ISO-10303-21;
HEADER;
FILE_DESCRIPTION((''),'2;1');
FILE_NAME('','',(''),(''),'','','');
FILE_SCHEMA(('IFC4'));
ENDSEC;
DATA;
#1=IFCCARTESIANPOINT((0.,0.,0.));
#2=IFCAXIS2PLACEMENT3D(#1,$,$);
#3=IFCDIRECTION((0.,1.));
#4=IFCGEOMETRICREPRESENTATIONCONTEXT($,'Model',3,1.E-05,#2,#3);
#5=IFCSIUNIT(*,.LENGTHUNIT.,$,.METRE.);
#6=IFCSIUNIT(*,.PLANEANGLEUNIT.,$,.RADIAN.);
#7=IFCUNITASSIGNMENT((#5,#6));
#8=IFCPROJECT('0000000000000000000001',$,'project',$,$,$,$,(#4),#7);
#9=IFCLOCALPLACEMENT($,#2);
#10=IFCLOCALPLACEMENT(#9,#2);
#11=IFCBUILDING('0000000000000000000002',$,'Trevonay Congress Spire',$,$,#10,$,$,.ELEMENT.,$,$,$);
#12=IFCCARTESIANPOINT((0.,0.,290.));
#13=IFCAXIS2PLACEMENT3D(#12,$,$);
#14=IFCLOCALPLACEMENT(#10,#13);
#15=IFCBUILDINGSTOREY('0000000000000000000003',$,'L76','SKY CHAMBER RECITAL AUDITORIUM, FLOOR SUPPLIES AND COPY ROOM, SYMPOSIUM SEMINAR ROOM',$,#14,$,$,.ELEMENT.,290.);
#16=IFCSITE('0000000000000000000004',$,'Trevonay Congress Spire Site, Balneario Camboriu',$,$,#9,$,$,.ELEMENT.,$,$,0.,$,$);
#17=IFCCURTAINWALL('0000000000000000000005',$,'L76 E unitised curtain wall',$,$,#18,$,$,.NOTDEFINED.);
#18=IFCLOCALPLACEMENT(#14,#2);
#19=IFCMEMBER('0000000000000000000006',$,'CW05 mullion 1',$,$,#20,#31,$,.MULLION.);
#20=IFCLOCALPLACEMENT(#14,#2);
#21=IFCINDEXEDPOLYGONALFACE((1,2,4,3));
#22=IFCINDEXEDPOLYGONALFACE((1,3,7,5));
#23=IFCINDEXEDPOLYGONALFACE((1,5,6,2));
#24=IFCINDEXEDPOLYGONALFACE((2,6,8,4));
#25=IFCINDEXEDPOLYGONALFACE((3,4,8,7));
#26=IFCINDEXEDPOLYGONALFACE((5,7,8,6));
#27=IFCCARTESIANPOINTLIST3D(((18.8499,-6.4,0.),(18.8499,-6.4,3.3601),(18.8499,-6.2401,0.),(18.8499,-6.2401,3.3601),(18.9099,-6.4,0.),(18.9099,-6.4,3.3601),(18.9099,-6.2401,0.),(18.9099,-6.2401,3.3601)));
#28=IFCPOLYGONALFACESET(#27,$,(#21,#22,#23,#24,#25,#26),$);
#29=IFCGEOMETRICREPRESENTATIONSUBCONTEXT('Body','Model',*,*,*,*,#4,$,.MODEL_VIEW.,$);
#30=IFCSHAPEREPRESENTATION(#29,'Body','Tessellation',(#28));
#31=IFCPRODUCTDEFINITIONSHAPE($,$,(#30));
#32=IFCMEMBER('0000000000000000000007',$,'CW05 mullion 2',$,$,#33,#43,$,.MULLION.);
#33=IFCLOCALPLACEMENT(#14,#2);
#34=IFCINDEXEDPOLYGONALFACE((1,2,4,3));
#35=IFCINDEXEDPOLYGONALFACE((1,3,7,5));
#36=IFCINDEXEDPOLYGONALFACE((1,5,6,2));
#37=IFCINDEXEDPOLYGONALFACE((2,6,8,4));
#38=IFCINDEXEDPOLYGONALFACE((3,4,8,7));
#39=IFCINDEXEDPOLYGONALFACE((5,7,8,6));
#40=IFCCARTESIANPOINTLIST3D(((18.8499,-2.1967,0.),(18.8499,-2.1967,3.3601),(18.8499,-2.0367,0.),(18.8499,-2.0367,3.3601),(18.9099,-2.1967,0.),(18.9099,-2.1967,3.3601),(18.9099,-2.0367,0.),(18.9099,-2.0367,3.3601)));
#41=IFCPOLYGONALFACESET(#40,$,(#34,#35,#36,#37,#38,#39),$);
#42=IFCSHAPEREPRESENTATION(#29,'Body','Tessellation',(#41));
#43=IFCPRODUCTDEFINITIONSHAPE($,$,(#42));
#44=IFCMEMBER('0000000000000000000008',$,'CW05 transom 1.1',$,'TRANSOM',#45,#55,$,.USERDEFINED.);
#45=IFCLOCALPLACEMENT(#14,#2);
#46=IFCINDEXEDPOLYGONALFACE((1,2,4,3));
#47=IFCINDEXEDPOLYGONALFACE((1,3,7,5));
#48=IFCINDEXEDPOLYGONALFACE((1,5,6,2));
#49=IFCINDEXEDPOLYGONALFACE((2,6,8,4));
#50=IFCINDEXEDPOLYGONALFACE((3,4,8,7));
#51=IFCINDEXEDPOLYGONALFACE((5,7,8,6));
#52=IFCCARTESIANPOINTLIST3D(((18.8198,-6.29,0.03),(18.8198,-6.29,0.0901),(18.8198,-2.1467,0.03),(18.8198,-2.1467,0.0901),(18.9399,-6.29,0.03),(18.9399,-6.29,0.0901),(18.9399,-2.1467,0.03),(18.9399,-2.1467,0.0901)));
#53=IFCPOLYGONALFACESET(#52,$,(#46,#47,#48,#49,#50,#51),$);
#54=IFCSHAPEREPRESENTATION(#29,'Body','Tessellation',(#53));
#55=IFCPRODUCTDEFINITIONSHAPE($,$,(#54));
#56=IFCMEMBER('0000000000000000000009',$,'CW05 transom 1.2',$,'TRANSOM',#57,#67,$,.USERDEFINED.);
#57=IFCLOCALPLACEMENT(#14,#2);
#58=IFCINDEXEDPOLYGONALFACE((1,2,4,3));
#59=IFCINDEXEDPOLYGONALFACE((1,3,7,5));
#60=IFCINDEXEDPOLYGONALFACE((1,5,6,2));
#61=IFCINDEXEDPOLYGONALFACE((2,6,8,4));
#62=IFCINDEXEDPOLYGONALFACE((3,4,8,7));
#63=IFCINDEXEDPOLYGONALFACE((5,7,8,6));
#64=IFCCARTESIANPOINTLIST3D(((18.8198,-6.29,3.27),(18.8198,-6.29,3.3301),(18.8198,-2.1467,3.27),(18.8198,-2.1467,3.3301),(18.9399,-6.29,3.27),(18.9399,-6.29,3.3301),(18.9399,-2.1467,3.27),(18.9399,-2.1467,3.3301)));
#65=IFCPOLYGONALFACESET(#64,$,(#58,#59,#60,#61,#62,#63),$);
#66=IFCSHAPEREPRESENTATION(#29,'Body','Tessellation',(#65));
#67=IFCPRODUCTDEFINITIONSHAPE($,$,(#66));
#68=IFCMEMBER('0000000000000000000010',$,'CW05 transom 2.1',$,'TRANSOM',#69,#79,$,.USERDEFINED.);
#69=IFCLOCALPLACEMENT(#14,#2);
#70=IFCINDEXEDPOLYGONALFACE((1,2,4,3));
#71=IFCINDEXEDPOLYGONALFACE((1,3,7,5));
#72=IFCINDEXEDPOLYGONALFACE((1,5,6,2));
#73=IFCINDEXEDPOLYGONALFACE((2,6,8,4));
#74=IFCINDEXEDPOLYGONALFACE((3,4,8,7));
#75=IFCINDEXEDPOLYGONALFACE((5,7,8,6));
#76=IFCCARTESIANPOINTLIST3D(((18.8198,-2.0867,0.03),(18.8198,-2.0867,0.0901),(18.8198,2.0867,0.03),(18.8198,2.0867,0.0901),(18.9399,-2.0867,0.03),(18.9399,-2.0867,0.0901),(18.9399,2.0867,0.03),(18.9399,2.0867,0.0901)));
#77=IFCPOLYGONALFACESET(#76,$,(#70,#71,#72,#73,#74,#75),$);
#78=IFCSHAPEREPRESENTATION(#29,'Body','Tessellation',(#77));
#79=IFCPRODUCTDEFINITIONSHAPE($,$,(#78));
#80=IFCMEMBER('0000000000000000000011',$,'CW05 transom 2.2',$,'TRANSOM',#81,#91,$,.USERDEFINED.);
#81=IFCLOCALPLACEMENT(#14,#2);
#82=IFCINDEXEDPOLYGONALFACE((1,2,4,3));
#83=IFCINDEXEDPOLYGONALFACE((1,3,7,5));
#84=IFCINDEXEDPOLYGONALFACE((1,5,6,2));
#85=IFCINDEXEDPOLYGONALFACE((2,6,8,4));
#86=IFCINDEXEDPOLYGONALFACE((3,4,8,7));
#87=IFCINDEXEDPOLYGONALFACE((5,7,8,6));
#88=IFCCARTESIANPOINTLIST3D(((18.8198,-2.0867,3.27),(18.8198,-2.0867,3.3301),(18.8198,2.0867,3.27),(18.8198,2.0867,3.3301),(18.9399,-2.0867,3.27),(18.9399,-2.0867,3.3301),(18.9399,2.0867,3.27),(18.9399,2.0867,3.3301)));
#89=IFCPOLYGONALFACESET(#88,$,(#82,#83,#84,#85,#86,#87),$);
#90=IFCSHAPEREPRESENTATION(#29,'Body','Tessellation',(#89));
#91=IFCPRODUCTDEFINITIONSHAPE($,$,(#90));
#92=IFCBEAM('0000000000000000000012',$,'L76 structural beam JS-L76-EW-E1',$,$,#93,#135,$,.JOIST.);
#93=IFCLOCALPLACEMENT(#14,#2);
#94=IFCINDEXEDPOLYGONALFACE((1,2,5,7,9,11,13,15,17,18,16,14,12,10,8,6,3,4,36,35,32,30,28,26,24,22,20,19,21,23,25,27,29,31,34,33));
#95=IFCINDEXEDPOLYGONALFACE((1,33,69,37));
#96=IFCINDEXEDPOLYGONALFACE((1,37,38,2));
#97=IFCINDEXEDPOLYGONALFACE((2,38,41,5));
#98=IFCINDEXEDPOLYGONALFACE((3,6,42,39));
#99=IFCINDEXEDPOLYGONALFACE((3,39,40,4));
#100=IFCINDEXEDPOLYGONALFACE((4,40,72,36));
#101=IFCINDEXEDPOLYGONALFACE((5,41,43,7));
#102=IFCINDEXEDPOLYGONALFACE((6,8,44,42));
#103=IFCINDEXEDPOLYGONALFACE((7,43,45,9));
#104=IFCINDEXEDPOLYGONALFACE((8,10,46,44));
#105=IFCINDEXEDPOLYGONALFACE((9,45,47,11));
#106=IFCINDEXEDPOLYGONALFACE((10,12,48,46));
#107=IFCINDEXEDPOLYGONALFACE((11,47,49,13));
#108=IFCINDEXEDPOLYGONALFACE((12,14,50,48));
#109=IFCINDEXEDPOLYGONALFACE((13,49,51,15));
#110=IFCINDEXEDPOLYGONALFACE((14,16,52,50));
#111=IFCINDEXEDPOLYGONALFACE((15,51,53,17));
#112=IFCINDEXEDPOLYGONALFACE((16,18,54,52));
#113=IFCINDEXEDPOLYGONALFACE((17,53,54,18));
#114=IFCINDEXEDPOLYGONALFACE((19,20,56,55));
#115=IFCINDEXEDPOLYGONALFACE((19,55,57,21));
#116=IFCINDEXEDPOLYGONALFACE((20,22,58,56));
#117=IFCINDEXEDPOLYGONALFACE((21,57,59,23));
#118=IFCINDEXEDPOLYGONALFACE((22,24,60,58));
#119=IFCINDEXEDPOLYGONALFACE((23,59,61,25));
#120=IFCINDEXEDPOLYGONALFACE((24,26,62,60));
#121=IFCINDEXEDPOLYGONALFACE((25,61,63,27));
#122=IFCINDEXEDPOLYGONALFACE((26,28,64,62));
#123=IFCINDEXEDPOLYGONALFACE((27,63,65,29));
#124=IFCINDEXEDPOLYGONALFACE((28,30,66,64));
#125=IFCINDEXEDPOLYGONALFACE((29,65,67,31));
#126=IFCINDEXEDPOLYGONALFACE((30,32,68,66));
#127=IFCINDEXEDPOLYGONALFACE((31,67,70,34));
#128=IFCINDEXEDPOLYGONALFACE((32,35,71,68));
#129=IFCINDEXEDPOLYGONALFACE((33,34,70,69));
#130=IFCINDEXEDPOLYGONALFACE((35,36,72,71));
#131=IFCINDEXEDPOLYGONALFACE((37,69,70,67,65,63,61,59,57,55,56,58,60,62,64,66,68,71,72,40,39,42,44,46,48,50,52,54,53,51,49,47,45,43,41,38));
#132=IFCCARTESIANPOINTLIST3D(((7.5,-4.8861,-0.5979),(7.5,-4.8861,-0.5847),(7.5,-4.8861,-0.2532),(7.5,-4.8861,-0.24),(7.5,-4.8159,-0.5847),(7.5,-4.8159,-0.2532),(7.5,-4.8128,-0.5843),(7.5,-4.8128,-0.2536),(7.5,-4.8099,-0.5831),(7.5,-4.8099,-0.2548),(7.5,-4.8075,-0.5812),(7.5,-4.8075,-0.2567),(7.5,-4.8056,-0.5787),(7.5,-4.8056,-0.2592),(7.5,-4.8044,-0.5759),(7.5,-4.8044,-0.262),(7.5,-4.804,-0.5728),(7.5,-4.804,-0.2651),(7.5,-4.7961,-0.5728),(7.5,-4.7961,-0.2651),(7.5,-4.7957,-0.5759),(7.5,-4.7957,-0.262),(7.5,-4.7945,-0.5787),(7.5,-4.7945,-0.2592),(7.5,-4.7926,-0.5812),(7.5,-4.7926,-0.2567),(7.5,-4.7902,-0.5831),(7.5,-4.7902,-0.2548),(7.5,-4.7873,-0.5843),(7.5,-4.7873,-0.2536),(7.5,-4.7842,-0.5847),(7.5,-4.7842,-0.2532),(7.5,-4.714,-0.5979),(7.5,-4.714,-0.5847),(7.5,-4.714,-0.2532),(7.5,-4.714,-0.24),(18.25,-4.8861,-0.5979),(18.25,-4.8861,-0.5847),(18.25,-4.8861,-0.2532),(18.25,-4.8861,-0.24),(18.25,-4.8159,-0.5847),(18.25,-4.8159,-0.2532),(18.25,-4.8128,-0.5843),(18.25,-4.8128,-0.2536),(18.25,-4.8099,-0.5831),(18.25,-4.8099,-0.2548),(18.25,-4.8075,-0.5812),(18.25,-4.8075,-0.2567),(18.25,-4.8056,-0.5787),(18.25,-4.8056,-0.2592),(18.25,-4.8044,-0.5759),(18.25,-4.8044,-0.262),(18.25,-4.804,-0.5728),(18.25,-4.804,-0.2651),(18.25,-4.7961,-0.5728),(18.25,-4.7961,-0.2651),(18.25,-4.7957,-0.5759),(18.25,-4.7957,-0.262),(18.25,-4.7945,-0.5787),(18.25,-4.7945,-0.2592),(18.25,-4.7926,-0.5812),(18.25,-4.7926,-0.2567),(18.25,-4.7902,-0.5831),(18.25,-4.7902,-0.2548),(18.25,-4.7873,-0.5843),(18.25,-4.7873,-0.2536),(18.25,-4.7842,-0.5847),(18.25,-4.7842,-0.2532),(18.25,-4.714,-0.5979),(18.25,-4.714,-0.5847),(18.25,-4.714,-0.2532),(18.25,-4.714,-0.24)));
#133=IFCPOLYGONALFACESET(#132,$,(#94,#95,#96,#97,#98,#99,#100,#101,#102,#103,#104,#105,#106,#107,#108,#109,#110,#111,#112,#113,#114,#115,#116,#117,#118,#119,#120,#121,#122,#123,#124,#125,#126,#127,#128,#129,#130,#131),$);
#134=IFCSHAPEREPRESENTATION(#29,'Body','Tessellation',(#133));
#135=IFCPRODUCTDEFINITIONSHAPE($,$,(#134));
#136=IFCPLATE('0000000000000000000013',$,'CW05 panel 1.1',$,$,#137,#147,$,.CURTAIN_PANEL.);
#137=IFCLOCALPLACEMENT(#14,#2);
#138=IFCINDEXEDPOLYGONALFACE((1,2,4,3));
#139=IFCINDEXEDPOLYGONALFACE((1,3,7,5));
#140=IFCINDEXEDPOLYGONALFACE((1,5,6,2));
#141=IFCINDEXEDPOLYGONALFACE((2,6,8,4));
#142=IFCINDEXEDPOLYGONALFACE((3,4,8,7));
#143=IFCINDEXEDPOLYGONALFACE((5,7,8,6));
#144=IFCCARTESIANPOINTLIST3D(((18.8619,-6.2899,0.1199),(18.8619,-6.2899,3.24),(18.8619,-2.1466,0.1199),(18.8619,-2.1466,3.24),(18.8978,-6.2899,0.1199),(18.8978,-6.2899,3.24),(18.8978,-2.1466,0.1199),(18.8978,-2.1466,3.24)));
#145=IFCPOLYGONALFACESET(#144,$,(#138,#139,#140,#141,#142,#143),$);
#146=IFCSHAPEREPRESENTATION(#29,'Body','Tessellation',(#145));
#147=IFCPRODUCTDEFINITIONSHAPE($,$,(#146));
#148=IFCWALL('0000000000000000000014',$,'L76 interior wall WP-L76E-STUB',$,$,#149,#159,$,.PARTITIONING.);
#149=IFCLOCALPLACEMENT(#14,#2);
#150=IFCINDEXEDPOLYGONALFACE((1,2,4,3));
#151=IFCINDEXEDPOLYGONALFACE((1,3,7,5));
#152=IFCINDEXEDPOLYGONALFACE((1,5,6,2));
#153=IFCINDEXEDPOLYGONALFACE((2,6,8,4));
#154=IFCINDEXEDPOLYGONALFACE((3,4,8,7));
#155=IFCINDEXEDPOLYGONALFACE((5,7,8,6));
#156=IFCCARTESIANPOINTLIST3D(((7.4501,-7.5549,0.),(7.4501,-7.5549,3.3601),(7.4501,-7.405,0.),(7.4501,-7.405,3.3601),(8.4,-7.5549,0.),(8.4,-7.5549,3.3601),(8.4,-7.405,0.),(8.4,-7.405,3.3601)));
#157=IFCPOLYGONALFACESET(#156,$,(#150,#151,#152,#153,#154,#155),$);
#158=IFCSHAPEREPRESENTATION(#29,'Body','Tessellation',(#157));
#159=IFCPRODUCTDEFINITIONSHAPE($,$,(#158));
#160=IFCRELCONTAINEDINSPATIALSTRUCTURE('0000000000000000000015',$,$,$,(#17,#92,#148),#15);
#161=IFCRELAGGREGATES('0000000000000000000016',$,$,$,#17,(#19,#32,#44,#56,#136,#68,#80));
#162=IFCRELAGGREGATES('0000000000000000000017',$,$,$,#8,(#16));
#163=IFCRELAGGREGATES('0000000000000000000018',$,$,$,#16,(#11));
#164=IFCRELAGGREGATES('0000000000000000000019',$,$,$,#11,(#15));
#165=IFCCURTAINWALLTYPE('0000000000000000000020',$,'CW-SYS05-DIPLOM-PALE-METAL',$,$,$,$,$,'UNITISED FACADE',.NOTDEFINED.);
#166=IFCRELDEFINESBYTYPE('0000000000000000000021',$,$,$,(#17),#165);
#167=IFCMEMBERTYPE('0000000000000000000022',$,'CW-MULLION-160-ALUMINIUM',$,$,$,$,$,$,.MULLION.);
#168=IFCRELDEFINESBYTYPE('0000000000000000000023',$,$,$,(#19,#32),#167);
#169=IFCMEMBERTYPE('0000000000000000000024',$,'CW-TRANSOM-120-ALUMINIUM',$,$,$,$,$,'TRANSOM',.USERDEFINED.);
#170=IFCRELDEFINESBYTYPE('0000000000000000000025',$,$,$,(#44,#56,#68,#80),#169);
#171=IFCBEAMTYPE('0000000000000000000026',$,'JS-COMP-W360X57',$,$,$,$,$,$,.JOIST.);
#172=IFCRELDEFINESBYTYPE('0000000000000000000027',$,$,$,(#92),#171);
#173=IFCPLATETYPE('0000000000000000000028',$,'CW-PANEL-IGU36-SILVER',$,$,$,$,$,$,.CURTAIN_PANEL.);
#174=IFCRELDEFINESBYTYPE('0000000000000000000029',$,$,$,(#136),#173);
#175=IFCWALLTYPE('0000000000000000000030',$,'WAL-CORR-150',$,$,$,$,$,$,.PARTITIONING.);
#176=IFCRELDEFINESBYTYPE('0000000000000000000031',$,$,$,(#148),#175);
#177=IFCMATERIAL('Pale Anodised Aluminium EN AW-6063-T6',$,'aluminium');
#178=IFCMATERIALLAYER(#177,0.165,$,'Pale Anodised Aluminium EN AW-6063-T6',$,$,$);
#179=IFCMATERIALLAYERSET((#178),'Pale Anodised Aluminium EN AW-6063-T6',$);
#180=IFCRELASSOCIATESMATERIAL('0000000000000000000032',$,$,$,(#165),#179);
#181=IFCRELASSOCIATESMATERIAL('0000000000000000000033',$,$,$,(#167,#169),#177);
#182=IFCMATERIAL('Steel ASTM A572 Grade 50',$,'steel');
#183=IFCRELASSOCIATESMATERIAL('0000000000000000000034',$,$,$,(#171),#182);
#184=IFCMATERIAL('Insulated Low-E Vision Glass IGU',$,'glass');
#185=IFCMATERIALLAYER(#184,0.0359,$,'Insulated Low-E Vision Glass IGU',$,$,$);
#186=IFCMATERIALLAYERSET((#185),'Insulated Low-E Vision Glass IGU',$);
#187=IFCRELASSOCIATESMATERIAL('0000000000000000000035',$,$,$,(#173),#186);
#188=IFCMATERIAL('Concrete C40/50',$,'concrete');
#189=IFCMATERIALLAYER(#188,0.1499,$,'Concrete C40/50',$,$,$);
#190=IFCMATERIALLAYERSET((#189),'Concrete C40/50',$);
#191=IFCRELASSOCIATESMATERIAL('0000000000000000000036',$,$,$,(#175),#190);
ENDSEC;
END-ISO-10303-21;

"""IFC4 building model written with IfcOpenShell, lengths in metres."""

from ifc_helpers import new_model, si_unit, direction, frame, frame_2d, origin, origin_2d, place, context, subcontext, project, spatial, rectangle, i_section, extrude, material, layer, layer_set, material_profile, profile_set, type_object, element, aggregate, save


model = new_model("IFC4")

# Units and contexts
model_context = context("Model", 3, precision=1e-05, world=origin(), true_north=direction((0.0, 1.0)))
body_context = subcontext(model_context, "Body", "Model", "MODEL_VIEW")
ifc_project = project(units=[si_unit("LENGTHUNIT", "METRE"), si_unit("PLANEANGLEUNIT", "RADIAN")], contexts=[model_context])

# Site, building, storey
site_placement = place(None, origin())
site = spatial("IfcSite", under=ifc_project, at=site_placement, Name="Trevonay Congress Spire Site, Balneario Camboriu", CompositionType="ELEMENT", RefElevation=0.0)
building_placement = place(site_placement, origin())
building = spatial("IfcBuilding", under=site, at=building_placement, Name="Trevonay Congress Spire", CompositionType="ELEMENT")
storey_placement = place(building_placement, frame((0.0, 0.0, 290.0)))
storey = spatial("IfcBuildingStorey", under=building, at=storey_placement, Name="L76", Description="SKY CHAMBER RECITAL AUDITORIUM, FLOOR SUPPLIES AND COPY ROOM, SYMPOSIUM SEMINAR ROOM", CompositionType="ELEMENT", Elevation=290.0)

# Shared definitions
ifc_material_1 = material(Name="Steel ASTM A572 Grade 50", Category="steel")

# Curtain wall, members
ifc_material_2 = material(Name="Pale Anodised Aluminium EN AW-6063-T6", Category="aluminium")
ifc_layer_1 = layer(ifc_material_2, 0.165, Name="Pale Anodised Aluminium EN AW-6063-T6")
ifc_layer_set_1 = layer_set([ifc_layer_1], Name="Pale Anodised Aluminium EN AW-6063-T6")
curtain_wall_type = type_object("IfcCurtainWallType", Name="CW-SYS05-DIPLOM-PALE-METAL", ElementType="UNITISED FACADE", PredefinedType="NOTDEFINED", material=ifc_layer_set_1)
curtain_wall_placement = place(storey_placement, origin())
curtain_wall = element("IfcCurtainWall", 1, at=curtain_wall_placement, inside=storey, type_object=curtain_wall_type, Name="L76 E unitised curtain wall", PredefinedType="NOTDEFINED")
ifc_material_profile_1 = material_profile(ifc_material_2, rectangle(XDim=0.0601, YDim=0.1599, at=origin_2d()), Name="CW-MULLION-160-ALUMINIUM")
ifc_profile_set_1 = profile_set([ifc_material_profile_1], Name="Pale Anodised Aluminium EN AW-6063-T6")
member_type_1 = type_object("IfcMemberType", Name="CW-MULLION-160-ALUMINIUM", PredefinedType="MULLION", material=ifc_profile_set_1)
member_1_placement = place(storey_placement, frame((18.8799, -6.3201, 0.0), z_axis=(0.0, 0.0, 1.0), x_axis=(-1.0, 0.0, 0.0)))
member_1 = element("IfcMember", 2, at=member_1_placement, type_object=member_type_1, Name="CW05 mullion 1", PredefinedType="MULLION", context=body_context, shape_type="SweptSolid", body=[
    extrude(rectangle(XDim=0.0601, YDim=0.1599, at=origin_2d()), origin(), (0.0, 0.0, 1.0), 3.3601),
])
member_2_placement = place(storey_placement, frame((18.8799, -2.1167, 0.0), z_axis=(0.0, 0.0, 1.0), x_axis=(-1.0, 0.0, 0.0)))
member_2 = element("IfcMember", 3, at=member_2_placement, type_object=member_type_1, Name="CW05 mullion 2", PredefinedType="MULLION", context=body_context, shape_type="SweptSolid", body=[
    extrude(rectangle(XDim=0.0601, YDim=0.1599, at=origin_2d()), origin(), (0.0, 0.0, 1.0), 3.3601),
])
ifc_material_profile_2 = material_profile(ifc_material_2, rectangle(XDim=0.1201, YDim=0.0601, at=origin_2d()), Name="CW-TRANSOM-120-ALUMINIUM")
ifc_profile_set_2 = profile_set([ifc_material_profile_2], Name="Pale Anodised Aluminium EN AW-6063-T6")
member_type_2 = type_object("IfcMemberType", Name="CW-TRANSOM-120-ALUMINIUM", ElementType="TRANSOM", PredefinedType="USERDEFINED", material=ifc_profile_set_2)
member_3_placement = place(storey_placement, frame((18.8799, -6.29, 0.0601), z_axis=(0.0, 1.0, 0.0), x_axis=(-1.0, 0.0, 0.0)))
member_3 = element("IfcMember", 4, at=member_3_placement, type_object=member_type_2, Name="CW05 transom 1.1", ObjectType="TRANSOM", PredefinedType="USERDEFINED", context=body_context, shape_type="SweptSolid", body=[
    extrude(rectangle(XDim=0.1201, YDim=0.0601, at=origin_2d()), origin(), (0.0, 0.0, 1.0), 4.1433),
])
member_4_placement = place(storey_placement, frame((18.8799, -6.29, 3.3), z_axis=(0.0, 1.0, 0.0), x_axis=(-1.0, 0.0, 0.0)))
member_4 = element("IfcMember", 5, at=member_4_placement, type_object=member_type_2, Name="CW05 transom 1.2", ObjectType="TRANSOM", PredefinedType="USERDEFINED", context=body_context, shape_type="SweptSolid", body=[
    extrude(rectangle(XDim=0.1201, YDim=0.0601, at=origin_2d()), origin(), (0.0, 0.0, 1.0), 4.1433),
])
member_5_placement = place(storey_placement, frame((18.8799, -2.0867, 0.0601), z_axis=(0.0, 1.0, 0.0), x_axis=(-1.0, 0.0, 0.0)))
member_5 = element("IfcMember", 6, at=member_5_placement, type_object=member_type_2, Name="CW05 transom 2.1", ObjectType="TRANSOM", PredefinedType="USERDEFINED", context=body_context, shape_type="SweptSolid", body=[
    extrude(rectangle(XDim=0.1201, YDim=0.0601, at=origin_2d()), origin(), (0.0, 0.0, 1.0), 4.1733),
])
member_6_placement = place(storey_placement, frame((18.8799, -2.0867, 3.3), z_axis=(0.0, 1.0, 0.0), x_axis=(-1.0, 0.0, 0.0)))
member_6 = element("IfcMember", 7, at=member_6_placement, type_object=member_type_2, Name="CW05 transom 2.2", ObjectType="TRANSOM", PredefinedType="USERDEFINED", context=body_context, shape_type="SweptSolid", body=[
    extrude(rectangle(XDim=0.1201, YDim=0.0601, at=origin_2d()), origin(), (0.0, 0.0, 1.0), 4.1733),
])

# Beam
ifc_material_profile_3 = material_profile(ifc_material_1, i_section(OverallWidth=0.1721, OverallDepth=0.3579, WebThickness=0.0078, FlangeThickness=0.0132, FilletRadius=0.012, at=origin_2d()), Name="W360x57.8")
ifc_profile_set_3 = profile_set([ifc_material_profile_3], Name="Steel ASTM A572 Grade 50")
beam_type_1 = type_object("IfcBeamType", Name="JS-COMP-W360X57", PredefinedType="JOIST", material=ifc_profile_set_3)
beam_1_placement = place(storey_placement, frame((7.5, -4.8, -0.4189), z_axis=(1.0, 0.0, 0.0), x_axis=(0.0, 1.0, 0.0)))
element("IfcBeam", 8, at=beam_1_placement, inside=storey, type_object=beam_type_1, Name="L76 structural beam JS-L76-EW-E1", PredefinedType="JOIST", context=body_context, shape_type="SweptSolid", body=[
    extrude(i_section(OverallWidth=0.1721, OverallDepth=0.3579, WebThickness=0.0078, FlangeThickness=0.0132, FilletRadius=0.012, at=origin_2d()), origin(), (0.0, 0.0, 1.0), 10.75),
])

# Plate
ifc_material_3 = material(Name="Insulated Low-E Vision Glass IGU", Category="glass")
ifc_layer_2 = layer(ifc_material_3, 0.0359, Name="Insulated Low-E Vision Glass IGU")
ifc_layer_set_2 = layer_set([ifc_layer_2], Name="Insulated Low-E Vision Glass IGU")
plate_type = type_object("IfcPlateType", Name="CW-PANEL-IGU36-SILVER", PredefinedType="CURTAIN_PANEL", material=ifc_layer_set_2)
plate_placement = place(storey_placement, frame((18.8799, -4.2183, 0.1199), z_axis=(0.0, 0.0, 1.0), x_axis=(0.0, 1.0, 0.0)))
plate = element("IfcPlate", 9, at=plate_placement, type_object=plate_type, Name="CW05 panel 1.1", PredefinedType="CURTAIN_PANEL", context=body_context, shape_type="SweptSolid", body=[
    extrude(rectangle(XDim=4.1433, YDim=0.0359, at=origin_2d()), origin(), (0.0, 0.0, 1.0), 3.1201),
])
aggregate(curtain_wall, [member_1, member_2, member_3, member_4, plate, member_5, member_6])

# Wall
ifc_material_4 = material(Name="Concrete C40/50", Category="concrete")
ifc_layer_3 = layer(ifc_material_4, 0.1499, Name="Concrete C40/50")
ifc_layer_set_3 = layer_set([ifc_layer_3], Name="Concrete C40/50")
wall_type_1 = type_object("IfcWallType", Name="WAL-CORR-150", PredefinedType="PARTITIONING", material=ifc_layer_set_3)
wall_1_placement = place(storey_placement, frame((7.45, -7.48, 0.0), z_axis=(0.0, 0.0, 1.0), x_axis=(1.0, 0.0, 0.0)))
element("IfcWall", 10, at=wall_1_placement, inside=storey, type_object=wall_type_1, Name="L76 interior wall WP-L76E-STUB", PredefinedType="PARTITIONING", context=body_context, shape_type="SweptSolid", body=[
    extrude(rectangle(XDim=0.95, YDim=0.1499, at=frame_2d((0.4751, 0.0))), origin(), (0.0, 0.0, 1.0), 3.3601),
])

save(model, "model.ifc")
